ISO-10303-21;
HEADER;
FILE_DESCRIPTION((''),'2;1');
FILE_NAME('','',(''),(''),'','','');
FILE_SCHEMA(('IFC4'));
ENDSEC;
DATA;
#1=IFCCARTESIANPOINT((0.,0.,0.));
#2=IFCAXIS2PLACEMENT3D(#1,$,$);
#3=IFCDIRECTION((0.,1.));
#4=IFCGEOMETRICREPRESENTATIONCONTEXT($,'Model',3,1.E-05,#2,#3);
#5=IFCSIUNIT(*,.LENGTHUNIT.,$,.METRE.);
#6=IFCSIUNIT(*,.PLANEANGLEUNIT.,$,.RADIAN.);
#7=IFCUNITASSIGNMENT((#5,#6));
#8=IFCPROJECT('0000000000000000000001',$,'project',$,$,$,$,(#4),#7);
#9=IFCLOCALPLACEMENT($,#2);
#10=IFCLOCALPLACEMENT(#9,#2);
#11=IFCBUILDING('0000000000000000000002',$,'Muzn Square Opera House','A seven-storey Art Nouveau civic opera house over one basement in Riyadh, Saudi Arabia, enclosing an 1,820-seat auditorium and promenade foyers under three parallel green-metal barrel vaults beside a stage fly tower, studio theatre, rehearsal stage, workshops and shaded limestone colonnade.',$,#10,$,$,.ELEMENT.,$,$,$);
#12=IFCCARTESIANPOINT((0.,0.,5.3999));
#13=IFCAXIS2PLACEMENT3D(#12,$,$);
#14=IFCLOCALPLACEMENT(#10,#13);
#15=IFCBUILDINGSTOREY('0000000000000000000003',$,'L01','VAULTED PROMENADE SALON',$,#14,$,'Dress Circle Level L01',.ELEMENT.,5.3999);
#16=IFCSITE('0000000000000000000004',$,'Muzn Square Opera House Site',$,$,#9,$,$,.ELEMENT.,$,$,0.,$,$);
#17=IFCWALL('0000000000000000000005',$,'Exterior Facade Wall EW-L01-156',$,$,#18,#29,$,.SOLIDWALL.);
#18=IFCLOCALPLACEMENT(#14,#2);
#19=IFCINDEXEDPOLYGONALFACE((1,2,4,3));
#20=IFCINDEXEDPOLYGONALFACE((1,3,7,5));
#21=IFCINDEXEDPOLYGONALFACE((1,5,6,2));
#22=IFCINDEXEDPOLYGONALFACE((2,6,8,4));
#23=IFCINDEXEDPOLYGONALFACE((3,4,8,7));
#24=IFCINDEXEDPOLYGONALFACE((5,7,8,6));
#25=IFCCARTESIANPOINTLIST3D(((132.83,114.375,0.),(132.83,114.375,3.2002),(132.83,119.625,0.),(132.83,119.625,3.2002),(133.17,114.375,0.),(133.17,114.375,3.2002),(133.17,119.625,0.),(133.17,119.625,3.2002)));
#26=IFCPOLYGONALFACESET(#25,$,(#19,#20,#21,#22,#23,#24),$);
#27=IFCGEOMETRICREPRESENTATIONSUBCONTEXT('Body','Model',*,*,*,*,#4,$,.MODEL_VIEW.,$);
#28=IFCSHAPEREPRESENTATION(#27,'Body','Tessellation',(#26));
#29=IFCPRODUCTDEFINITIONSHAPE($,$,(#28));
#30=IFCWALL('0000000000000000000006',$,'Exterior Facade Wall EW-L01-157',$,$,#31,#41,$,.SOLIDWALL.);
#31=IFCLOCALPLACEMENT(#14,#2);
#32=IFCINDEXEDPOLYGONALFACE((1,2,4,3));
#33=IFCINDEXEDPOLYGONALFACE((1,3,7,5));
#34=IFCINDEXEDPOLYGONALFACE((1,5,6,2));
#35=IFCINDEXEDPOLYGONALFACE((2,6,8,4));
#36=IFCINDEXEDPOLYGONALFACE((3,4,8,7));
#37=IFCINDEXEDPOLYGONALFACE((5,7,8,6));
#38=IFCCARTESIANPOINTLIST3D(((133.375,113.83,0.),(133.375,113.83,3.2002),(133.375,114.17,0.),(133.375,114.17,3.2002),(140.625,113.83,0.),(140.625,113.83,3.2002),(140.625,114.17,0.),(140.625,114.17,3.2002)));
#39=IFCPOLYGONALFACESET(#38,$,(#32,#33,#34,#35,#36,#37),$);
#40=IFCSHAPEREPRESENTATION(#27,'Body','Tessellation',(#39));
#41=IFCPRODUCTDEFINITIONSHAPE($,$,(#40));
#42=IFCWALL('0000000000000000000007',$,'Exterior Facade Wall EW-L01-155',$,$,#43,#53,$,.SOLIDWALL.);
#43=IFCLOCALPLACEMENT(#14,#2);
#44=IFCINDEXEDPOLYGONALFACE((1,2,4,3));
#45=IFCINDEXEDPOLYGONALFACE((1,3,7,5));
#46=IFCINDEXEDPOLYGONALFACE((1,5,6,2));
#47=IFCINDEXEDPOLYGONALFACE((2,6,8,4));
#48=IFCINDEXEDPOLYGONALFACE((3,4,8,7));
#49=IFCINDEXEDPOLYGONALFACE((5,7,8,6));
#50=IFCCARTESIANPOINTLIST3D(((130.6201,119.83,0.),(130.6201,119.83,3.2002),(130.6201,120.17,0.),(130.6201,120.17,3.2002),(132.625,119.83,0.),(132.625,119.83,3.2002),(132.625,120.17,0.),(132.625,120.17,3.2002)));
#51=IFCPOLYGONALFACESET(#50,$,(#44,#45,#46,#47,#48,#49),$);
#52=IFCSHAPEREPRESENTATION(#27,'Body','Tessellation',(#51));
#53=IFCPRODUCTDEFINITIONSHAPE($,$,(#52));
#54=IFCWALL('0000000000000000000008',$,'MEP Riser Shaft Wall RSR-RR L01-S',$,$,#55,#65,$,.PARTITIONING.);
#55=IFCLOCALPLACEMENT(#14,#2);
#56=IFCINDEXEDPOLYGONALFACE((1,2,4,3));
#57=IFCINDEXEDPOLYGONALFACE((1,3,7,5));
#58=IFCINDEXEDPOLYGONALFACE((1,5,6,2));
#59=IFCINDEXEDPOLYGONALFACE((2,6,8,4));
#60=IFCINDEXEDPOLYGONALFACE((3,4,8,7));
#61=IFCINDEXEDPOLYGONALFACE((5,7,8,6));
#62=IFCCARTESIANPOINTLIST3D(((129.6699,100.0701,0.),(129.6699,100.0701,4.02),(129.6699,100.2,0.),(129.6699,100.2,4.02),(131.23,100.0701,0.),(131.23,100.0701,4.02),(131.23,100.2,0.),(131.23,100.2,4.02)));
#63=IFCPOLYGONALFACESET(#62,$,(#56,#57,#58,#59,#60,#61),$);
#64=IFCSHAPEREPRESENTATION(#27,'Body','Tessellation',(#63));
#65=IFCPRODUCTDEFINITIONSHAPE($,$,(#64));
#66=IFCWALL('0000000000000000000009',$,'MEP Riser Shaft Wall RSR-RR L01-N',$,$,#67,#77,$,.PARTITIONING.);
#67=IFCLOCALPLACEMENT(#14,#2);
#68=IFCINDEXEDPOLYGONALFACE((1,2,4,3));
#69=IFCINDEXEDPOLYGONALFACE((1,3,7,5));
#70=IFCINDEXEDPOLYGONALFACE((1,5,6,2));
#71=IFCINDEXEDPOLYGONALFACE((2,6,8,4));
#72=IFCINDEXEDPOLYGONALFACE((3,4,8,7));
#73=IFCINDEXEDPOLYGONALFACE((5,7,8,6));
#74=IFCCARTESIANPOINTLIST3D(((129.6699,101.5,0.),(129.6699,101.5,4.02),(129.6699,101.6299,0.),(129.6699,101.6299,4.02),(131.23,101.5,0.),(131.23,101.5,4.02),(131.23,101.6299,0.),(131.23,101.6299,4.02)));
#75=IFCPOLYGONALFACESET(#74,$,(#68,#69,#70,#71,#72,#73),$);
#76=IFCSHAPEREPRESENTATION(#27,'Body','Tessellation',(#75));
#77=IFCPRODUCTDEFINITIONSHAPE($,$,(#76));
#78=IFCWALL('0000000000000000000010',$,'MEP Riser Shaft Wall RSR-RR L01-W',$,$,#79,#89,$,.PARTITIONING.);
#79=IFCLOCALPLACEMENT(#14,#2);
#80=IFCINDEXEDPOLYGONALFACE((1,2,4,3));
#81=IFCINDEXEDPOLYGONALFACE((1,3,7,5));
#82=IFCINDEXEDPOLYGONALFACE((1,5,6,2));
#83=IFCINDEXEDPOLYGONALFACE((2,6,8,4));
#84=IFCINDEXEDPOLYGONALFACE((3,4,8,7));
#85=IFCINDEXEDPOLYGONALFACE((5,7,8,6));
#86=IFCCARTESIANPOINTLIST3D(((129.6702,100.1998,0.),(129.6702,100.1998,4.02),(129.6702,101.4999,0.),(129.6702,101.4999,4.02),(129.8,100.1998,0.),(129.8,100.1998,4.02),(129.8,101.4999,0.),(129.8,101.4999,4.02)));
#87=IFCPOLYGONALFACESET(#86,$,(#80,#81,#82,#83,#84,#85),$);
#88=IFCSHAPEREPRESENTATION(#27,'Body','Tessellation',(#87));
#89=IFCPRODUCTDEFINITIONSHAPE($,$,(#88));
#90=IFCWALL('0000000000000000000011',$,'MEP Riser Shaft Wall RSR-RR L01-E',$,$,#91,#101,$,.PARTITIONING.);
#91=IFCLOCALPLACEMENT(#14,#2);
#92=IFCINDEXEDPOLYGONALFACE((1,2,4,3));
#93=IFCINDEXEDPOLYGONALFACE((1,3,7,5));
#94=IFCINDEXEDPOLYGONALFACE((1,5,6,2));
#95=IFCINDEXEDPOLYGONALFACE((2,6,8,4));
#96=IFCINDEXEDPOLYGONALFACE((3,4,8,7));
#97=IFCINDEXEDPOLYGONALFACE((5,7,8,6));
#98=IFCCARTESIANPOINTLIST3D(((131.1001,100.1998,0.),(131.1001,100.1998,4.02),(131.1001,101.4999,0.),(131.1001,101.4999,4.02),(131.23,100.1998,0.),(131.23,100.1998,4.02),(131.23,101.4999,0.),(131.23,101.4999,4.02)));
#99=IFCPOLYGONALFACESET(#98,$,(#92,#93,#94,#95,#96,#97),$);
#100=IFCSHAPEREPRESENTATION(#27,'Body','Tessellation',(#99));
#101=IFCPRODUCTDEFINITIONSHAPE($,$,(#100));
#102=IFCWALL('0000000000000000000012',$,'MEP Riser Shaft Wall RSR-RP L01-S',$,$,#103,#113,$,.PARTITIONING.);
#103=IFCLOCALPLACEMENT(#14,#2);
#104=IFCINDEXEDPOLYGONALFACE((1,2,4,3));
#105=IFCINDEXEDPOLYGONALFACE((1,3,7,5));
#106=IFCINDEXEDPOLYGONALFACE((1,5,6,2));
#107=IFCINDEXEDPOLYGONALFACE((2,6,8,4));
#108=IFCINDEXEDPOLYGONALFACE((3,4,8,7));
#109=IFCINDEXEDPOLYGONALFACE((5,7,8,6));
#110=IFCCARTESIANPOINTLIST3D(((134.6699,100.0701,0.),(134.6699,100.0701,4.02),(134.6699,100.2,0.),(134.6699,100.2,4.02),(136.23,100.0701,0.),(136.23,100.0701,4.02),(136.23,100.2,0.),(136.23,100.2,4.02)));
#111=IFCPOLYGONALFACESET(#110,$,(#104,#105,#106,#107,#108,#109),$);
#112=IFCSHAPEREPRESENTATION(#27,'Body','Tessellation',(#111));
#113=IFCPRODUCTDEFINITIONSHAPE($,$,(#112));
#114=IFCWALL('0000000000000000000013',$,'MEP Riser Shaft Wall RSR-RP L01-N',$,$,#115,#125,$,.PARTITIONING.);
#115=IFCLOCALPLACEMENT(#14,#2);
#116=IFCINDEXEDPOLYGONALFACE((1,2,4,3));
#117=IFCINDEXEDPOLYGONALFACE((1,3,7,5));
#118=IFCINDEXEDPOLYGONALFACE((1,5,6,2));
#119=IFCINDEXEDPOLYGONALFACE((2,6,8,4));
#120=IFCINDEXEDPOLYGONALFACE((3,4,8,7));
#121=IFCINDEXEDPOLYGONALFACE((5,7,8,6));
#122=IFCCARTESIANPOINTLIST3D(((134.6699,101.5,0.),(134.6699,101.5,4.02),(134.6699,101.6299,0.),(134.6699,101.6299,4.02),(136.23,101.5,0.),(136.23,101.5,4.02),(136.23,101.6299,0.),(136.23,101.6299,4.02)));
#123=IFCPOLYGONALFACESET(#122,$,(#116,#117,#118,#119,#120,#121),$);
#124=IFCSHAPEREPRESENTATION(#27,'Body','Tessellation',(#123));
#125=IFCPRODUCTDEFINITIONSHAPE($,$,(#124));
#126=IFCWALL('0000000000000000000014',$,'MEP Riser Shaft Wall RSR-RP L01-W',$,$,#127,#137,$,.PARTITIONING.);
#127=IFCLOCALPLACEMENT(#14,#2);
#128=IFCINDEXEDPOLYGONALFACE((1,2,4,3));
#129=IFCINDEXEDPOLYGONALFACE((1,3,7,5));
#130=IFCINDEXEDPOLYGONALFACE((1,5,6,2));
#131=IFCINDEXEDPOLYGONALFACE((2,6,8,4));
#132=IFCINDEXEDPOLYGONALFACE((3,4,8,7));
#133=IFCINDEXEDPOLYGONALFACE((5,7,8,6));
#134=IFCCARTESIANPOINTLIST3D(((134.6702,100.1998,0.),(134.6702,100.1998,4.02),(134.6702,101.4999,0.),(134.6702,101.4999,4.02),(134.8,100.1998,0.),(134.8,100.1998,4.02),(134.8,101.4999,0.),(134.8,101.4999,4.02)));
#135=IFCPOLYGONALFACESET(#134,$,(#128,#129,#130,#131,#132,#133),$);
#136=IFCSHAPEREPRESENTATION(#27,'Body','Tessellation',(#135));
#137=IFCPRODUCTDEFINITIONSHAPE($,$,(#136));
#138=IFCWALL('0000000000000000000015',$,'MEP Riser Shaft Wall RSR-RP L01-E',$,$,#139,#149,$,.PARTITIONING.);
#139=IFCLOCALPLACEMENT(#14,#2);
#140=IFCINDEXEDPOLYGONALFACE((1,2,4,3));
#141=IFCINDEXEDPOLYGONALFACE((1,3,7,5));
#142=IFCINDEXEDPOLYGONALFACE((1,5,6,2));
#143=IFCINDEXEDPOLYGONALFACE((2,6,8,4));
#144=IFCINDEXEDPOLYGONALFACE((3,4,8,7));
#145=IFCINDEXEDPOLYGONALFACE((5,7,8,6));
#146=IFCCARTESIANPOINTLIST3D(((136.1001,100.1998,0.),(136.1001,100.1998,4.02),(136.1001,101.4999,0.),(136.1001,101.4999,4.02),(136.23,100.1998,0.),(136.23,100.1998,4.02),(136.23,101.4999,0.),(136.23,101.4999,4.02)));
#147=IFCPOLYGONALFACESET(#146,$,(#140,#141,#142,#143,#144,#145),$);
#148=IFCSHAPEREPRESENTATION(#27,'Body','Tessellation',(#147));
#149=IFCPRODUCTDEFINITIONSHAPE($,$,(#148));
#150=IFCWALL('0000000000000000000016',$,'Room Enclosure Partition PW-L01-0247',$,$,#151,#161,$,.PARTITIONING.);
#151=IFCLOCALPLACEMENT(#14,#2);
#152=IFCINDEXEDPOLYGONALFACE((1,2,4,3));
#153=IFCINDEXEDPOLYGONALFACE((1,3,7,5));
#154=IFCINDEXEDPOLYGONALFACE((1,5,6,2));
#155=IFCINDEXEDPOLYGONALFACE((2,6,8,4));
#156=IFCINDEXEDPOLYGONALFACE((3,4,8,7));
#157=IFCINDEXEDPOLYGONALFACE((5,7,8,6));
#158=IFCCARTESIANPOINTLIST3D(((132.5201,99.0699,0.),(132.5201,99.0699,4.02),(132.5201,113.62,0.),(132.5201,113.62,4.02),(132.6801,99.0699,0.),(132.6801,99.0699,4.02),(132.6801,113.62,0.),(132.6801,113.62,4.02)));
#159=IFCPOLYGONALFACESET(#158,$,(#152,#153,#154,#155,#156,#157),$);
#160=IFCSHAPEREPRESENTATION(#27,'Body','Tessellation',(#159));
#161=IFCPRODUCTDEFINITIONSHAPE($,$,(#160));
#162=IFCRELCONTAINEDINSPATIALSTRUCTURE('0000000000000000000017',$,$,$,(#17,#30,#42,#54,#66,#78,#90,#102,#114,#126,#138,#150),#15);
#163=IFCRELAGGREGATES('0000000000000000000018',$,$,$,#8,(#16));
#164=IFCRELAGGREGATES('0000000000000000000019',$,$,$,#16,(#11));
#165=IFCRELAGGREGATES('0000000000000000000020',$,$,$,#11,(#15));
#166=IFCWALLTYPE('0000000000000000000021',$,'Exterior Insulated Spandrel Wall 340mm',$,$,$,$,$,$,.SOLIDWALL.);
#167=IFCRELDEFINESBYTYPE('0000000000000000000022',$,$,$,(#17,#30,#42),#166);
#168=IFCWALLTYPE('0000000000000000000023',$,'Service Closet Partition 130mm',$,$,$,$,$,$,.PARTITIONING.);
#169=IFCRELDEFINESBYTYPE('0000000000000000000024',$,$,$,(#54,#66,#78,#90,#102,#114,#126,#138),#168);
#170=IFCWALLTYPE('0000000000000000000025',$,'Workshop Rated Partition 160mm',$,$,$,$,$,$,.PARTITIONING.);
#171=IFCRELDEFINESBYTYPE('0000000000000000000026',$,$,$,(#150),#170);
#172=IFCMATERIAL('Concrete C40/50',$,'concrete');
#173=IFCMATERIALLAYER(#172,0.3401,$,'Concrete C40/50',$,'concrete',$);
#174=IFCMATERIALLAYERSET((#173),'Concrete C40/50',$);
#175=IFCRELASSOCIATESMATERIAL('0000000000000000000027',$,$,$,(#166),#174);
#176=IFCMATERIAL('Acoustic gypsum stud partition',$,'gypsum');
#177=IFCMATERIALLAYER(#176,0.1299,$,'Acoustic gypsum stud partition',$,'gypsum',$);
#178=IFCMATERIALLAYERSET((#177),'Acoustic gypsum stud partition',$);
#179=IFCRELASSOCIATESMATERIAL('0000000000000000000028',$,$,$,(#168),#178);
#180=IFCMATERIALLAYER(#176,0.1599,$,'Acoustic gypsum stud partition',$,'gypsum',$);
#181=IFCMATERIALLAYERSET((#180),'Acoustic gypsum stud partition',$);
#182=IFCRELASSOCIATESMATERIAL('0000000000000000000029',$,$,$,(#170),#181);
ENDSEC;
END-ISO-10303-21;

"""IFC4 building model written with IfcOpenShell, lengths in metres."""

from ifc_helpers import new_model, si_unit, direction, frame, frame_2d, origin, place, context, subcontext, project, spatial, rectangle, extrude, material, layer, layer_set, type_object, element, save


model = new_model("IFC4")

# Units and contexts
model_context = context("Model", 3, precision=1e-05, world=origin(), true_north=direction((0.0, 1.0)))
body_context = subcontext(model_context, "Body", "Model", "MODEL_VIEW")
ifc_project = project(units=[si_unit("LENGTHUNIT", "METRE"), si_unit("PLANEANGLEUNIT", "RADIAN")], contexts=[model_context])

# Site, building, storey
site_placement = place(None, origin())
site = spatial("IfcSite", under=ifc_project, at=site_placement, Name="Muzn Square Opera House Site", CompositionType="ELEMENT", RefElevation=0.0)
building_placement = place(site_placement, origin())
building = spatial("IfcBuilding", under=site, at=building_placement, Name="Muzn Square Opera House", Description="A seven-storey Art Nouveau civic opera house over one basement in Riyadh, Saudi Arabia, enclosing an 1,820-seat auditorium and promenade foyers under three parallel green-metal barrel vaults beside a stage fly tower, studio theatre, rehearsal stage, workshops and shaded limestone colonnade.", CompositionType="ELEMENT")
storey_placement = place(building_placement, frame((0.0, 0.0, 5.3999)))
storey = spatial("IfcBuildingStorey", under=building, at=storey_placement, Name="L01", Description="VAULTED PROMENADE SALON", LongName="Dress Circle Level L01", CompositionType="ELEMENT", Elevation=5.3999)

# Shared definitions
ifc_material_1 = material(Name="Concrete C40/50", Category="concrete")

# Shared definitions
ifc_layer_1 = layer(ifc_material_1, 0.3401, Name="Concrete C40/50", Category="concrete")
ifc_layer_set_1 = layer_set([ifc_layer_1], Name="Concrete C40/50")
wall_type_1 = type_object("IfcWallType", Name="Exterior Insulated Spandrel Wall 340mm", PredefinedType="SOLIDWALL", material=ifc_layer_set_1)

# Walls
wall_1_placement = place(storey_placement, frame((133.0, 114.375, 0.0), z_axis=(0.0, 0.0, 1.0), x_axis=(0.0, 1.0, 0.0)))
element("IfcWall", 1, at=wall_1_placement, inside=storey, type_object=wall_type_1, Name="Exterior Facade Wall EW-L01-156", PredefinedType="SOLIDWALL", context=body_context, shape_type="SweptSolid", body=[
    extrude(rectangle(XDim=5.25, YDim=0.3401, at=frame_2d((2.625, 0.0))), origin(), (0.0, 0.0, 1.0), 3.2002),
])
wall_2_placement = place(storey_placement, frame((133.375, 114.0, 0.0), z_axis=(0.0, 0.0, 1.0), x_axis=(1.0, 0.0, 0.0)))
element("IfcWall", 2, at=wall_2_placement, inside=storey, type_object=wall_type_1, Name="Exterior Facade Wall EW-L01-157", PredefinedType="SOLIDWALL", context=body_context, shape_type="SweptSolid", body=[
    extrude(rectangle(XDim=7.25, YDim=0.3401, at=frame_2d((3.625, 0.0))), origin(), (0.0, 0.0, 1.0), 3.2002),
])
wall_3_placement = place(storey_placement, frame((130.6201, 120.0, 0.0), z_axis=(0.0, 0.0, 1.0), x_axis=(1.0, 0.0, 0.0)))
element("IfcWall", 3, at=wall_3_placement, inside=storey, type_object=wall_type_1, Name="Exterior Facade Wall EW-L01-155", PredefinedType="SOLIDWALL", context=body_context, shape_type="SweptSolid", body=[
    extrude(rectangle(XDim=2.0049, YDim=0.3401, at=frame_2d((1.0024, 0.0))), origin(), (0.0, 0.0, 1.0), 3.2002),
])
ifc_material_2 = material(Name="Acoustic gypsum stud partition", Category="gypsum")
ifc_layer_2 = layer(ifc_material_2, 0.1299, Name="Acoustic gypsum stud partition", Category="gypsum")
ifc_layer_set_2 = layer_set([ifc_layer_2], Name="Acoustic gypsum stud partition")
wall_type_2 = type_object("IfcWallType", Name="Service Closet Partition 130mm", PredefinedType="PARTITIONING", material=ifc_layer_set_2)
for number, where, z_axis, x_axis, name in (
    (4, (129.6699, 100.135, 0.0), (0.0, 0.0, 1.0), (1.0, 0.0, 0.0), "MEP Riser Shaft Wall RSR-RR L01-S"),
    (5, (129.6699, 101.5649, 0.0), (0.0, 0.0, 1.0), (1.0, 0.0, 0.0), "MEP Riser Shaft Wall RSR-RR L01-N"),
):
    element("IfcWall", number, at=place(storey_placement, frame(where, z_axis=z_axis, x_axis=x_axis)), inside=storey, type_object=wall_type_2, Name=name, PredefinedType="PARTITIONING", context=body_context, shape_type="SweptSolid", body=[
        extrude(rectangle(XDim=1.5601, YDim=0.1299, at=frame_2d((0.78, 0.0))), origin(), (0.0, 0.0, 1.0), 4.02),
    ])
for number, where, z_axis, x_axis, name in (
    (6, (129.7351, 100.2, 0.0), (0.0, 0.0, 1.0), (0.0, 1.0, 0.0), "MEP Riser Shaft Wall RSR-RR L01-W"),
    (7, (131.165, 100.2, 0.0), (0.0, 0.0, 1.0), (0.0, 1.0, 0.0), "MEP Riser Shaft Wall RSR-RR L01-E"),
):
    element("IfcWall", number, at=place(storey_placement, frame(where, z_axis=z_axis, x_axis=x_axis)), inside=storey, type_object=wall_type_2, Name=name, PredefinedType="PARTITIONING", context=body_context, shape_type="SweptSolid", body=[
        extrude(rectangle(XDim=1.3, YDim=0.1299, at=frame_2d((0.6499, 0.0))), origin(), (0.0, 0.0, 1.0), 4.02),
    ])
for number, where, z_axis, x_axis, name in (
    (8, (134.6699, 100.135, 0.0), (0.0, 0.0, 1.0), (1.0, 0.0, 0.0), "MEP Riser Shaft Wall RSR-RP L01-S"),
    (9, (134.6699, 101.5649, 0.0), (0.0, 0.0, 1.0), (1.0, 0.0, 0.0), "MEP Riser Shaft Wall RSR-RP L01-N"),
):
    element("IfcWall", number, at=place(storey_placement, frame(where, z_axis=z_axis, x_axis=x_axis)), inside=storey, type_object=wall_type_2, Name=name, PredefinedType="PARTITIONING", context=body_context, shape_type="SweptSolid", body=[
        extrude(rectangle(XDim=1.5601, YDim=0.1299, at=frame_2d((0.78, 0.0))), origin(), (0.0, 0.0, 1.0), 4.02),
    ])
for number, where, z_axis, x_axis, name in (
    (10, (134.7351, 100.2, 0.0), (0.0, 0.0, 1.0), (0.0, 1.0, 0.0), "MEP Riser Shaft Wall RSR-RP L01-W"),
    (11, (136.165, 100.2, 0.0), (0.0, 0.0, 1.0), (0.0, 1.0, 0.0), "MEP Riser Shaft Wall RSR-RP L01-E"),
):
    element("IfcWall", number, at=place(storey_placement, frame(where, z_axis=z_axis, x_axis=x_axis)), inside=storey, type_object=wall_type_2, Name=name, PredefinedType="PARTITIONING", context=body_context, shape_type="SweptSolid", body=[
        extrude(rectangle(XDim=1.3, YDim=0.1299, at=frame_2d((0.6499, 0.0))), origin(), (0.0, 0.0, 1.0), 4.02),
    ])
ifc_layer_3 = layer(ifc_material_2, 0.1599, Name="Acoustic gypsum stud partition", Category="gypsum")
ifc_layer_set_3 = layer_set([ifc_layer_3], Name="Acoustic gypsum stud partition")
wall_type_3 = type_object("IfcWallType", Name="Workshop Rated Partition 160mm", PredefinedType="PARTITIONING", material=ifc_layer_set_3)
wall_4_placement = place(storey_placement, frame((132.6001, 99.0701, 0.0), z_axis=(0.0, 0.0, 1.0), x_axis=(0.0, 1.0, 0.0)))
element("IfcWall", 12, at=wall_4_placement, inside=storey, type_object=wall_type_3, Name="Room Enclosure Partition PW-L01-0247", PredefinedType="PARTITIONING", context=body_context, shape_type="SweptSolid", body=[
    extrude(rectangle(XDim=14.55, YDim=0.1599, at=frame_2d((7.2749, 0.0))), origin(), (0.0, 0.0, 1.0), 4.02),
])

save(model, "model.ifc")
